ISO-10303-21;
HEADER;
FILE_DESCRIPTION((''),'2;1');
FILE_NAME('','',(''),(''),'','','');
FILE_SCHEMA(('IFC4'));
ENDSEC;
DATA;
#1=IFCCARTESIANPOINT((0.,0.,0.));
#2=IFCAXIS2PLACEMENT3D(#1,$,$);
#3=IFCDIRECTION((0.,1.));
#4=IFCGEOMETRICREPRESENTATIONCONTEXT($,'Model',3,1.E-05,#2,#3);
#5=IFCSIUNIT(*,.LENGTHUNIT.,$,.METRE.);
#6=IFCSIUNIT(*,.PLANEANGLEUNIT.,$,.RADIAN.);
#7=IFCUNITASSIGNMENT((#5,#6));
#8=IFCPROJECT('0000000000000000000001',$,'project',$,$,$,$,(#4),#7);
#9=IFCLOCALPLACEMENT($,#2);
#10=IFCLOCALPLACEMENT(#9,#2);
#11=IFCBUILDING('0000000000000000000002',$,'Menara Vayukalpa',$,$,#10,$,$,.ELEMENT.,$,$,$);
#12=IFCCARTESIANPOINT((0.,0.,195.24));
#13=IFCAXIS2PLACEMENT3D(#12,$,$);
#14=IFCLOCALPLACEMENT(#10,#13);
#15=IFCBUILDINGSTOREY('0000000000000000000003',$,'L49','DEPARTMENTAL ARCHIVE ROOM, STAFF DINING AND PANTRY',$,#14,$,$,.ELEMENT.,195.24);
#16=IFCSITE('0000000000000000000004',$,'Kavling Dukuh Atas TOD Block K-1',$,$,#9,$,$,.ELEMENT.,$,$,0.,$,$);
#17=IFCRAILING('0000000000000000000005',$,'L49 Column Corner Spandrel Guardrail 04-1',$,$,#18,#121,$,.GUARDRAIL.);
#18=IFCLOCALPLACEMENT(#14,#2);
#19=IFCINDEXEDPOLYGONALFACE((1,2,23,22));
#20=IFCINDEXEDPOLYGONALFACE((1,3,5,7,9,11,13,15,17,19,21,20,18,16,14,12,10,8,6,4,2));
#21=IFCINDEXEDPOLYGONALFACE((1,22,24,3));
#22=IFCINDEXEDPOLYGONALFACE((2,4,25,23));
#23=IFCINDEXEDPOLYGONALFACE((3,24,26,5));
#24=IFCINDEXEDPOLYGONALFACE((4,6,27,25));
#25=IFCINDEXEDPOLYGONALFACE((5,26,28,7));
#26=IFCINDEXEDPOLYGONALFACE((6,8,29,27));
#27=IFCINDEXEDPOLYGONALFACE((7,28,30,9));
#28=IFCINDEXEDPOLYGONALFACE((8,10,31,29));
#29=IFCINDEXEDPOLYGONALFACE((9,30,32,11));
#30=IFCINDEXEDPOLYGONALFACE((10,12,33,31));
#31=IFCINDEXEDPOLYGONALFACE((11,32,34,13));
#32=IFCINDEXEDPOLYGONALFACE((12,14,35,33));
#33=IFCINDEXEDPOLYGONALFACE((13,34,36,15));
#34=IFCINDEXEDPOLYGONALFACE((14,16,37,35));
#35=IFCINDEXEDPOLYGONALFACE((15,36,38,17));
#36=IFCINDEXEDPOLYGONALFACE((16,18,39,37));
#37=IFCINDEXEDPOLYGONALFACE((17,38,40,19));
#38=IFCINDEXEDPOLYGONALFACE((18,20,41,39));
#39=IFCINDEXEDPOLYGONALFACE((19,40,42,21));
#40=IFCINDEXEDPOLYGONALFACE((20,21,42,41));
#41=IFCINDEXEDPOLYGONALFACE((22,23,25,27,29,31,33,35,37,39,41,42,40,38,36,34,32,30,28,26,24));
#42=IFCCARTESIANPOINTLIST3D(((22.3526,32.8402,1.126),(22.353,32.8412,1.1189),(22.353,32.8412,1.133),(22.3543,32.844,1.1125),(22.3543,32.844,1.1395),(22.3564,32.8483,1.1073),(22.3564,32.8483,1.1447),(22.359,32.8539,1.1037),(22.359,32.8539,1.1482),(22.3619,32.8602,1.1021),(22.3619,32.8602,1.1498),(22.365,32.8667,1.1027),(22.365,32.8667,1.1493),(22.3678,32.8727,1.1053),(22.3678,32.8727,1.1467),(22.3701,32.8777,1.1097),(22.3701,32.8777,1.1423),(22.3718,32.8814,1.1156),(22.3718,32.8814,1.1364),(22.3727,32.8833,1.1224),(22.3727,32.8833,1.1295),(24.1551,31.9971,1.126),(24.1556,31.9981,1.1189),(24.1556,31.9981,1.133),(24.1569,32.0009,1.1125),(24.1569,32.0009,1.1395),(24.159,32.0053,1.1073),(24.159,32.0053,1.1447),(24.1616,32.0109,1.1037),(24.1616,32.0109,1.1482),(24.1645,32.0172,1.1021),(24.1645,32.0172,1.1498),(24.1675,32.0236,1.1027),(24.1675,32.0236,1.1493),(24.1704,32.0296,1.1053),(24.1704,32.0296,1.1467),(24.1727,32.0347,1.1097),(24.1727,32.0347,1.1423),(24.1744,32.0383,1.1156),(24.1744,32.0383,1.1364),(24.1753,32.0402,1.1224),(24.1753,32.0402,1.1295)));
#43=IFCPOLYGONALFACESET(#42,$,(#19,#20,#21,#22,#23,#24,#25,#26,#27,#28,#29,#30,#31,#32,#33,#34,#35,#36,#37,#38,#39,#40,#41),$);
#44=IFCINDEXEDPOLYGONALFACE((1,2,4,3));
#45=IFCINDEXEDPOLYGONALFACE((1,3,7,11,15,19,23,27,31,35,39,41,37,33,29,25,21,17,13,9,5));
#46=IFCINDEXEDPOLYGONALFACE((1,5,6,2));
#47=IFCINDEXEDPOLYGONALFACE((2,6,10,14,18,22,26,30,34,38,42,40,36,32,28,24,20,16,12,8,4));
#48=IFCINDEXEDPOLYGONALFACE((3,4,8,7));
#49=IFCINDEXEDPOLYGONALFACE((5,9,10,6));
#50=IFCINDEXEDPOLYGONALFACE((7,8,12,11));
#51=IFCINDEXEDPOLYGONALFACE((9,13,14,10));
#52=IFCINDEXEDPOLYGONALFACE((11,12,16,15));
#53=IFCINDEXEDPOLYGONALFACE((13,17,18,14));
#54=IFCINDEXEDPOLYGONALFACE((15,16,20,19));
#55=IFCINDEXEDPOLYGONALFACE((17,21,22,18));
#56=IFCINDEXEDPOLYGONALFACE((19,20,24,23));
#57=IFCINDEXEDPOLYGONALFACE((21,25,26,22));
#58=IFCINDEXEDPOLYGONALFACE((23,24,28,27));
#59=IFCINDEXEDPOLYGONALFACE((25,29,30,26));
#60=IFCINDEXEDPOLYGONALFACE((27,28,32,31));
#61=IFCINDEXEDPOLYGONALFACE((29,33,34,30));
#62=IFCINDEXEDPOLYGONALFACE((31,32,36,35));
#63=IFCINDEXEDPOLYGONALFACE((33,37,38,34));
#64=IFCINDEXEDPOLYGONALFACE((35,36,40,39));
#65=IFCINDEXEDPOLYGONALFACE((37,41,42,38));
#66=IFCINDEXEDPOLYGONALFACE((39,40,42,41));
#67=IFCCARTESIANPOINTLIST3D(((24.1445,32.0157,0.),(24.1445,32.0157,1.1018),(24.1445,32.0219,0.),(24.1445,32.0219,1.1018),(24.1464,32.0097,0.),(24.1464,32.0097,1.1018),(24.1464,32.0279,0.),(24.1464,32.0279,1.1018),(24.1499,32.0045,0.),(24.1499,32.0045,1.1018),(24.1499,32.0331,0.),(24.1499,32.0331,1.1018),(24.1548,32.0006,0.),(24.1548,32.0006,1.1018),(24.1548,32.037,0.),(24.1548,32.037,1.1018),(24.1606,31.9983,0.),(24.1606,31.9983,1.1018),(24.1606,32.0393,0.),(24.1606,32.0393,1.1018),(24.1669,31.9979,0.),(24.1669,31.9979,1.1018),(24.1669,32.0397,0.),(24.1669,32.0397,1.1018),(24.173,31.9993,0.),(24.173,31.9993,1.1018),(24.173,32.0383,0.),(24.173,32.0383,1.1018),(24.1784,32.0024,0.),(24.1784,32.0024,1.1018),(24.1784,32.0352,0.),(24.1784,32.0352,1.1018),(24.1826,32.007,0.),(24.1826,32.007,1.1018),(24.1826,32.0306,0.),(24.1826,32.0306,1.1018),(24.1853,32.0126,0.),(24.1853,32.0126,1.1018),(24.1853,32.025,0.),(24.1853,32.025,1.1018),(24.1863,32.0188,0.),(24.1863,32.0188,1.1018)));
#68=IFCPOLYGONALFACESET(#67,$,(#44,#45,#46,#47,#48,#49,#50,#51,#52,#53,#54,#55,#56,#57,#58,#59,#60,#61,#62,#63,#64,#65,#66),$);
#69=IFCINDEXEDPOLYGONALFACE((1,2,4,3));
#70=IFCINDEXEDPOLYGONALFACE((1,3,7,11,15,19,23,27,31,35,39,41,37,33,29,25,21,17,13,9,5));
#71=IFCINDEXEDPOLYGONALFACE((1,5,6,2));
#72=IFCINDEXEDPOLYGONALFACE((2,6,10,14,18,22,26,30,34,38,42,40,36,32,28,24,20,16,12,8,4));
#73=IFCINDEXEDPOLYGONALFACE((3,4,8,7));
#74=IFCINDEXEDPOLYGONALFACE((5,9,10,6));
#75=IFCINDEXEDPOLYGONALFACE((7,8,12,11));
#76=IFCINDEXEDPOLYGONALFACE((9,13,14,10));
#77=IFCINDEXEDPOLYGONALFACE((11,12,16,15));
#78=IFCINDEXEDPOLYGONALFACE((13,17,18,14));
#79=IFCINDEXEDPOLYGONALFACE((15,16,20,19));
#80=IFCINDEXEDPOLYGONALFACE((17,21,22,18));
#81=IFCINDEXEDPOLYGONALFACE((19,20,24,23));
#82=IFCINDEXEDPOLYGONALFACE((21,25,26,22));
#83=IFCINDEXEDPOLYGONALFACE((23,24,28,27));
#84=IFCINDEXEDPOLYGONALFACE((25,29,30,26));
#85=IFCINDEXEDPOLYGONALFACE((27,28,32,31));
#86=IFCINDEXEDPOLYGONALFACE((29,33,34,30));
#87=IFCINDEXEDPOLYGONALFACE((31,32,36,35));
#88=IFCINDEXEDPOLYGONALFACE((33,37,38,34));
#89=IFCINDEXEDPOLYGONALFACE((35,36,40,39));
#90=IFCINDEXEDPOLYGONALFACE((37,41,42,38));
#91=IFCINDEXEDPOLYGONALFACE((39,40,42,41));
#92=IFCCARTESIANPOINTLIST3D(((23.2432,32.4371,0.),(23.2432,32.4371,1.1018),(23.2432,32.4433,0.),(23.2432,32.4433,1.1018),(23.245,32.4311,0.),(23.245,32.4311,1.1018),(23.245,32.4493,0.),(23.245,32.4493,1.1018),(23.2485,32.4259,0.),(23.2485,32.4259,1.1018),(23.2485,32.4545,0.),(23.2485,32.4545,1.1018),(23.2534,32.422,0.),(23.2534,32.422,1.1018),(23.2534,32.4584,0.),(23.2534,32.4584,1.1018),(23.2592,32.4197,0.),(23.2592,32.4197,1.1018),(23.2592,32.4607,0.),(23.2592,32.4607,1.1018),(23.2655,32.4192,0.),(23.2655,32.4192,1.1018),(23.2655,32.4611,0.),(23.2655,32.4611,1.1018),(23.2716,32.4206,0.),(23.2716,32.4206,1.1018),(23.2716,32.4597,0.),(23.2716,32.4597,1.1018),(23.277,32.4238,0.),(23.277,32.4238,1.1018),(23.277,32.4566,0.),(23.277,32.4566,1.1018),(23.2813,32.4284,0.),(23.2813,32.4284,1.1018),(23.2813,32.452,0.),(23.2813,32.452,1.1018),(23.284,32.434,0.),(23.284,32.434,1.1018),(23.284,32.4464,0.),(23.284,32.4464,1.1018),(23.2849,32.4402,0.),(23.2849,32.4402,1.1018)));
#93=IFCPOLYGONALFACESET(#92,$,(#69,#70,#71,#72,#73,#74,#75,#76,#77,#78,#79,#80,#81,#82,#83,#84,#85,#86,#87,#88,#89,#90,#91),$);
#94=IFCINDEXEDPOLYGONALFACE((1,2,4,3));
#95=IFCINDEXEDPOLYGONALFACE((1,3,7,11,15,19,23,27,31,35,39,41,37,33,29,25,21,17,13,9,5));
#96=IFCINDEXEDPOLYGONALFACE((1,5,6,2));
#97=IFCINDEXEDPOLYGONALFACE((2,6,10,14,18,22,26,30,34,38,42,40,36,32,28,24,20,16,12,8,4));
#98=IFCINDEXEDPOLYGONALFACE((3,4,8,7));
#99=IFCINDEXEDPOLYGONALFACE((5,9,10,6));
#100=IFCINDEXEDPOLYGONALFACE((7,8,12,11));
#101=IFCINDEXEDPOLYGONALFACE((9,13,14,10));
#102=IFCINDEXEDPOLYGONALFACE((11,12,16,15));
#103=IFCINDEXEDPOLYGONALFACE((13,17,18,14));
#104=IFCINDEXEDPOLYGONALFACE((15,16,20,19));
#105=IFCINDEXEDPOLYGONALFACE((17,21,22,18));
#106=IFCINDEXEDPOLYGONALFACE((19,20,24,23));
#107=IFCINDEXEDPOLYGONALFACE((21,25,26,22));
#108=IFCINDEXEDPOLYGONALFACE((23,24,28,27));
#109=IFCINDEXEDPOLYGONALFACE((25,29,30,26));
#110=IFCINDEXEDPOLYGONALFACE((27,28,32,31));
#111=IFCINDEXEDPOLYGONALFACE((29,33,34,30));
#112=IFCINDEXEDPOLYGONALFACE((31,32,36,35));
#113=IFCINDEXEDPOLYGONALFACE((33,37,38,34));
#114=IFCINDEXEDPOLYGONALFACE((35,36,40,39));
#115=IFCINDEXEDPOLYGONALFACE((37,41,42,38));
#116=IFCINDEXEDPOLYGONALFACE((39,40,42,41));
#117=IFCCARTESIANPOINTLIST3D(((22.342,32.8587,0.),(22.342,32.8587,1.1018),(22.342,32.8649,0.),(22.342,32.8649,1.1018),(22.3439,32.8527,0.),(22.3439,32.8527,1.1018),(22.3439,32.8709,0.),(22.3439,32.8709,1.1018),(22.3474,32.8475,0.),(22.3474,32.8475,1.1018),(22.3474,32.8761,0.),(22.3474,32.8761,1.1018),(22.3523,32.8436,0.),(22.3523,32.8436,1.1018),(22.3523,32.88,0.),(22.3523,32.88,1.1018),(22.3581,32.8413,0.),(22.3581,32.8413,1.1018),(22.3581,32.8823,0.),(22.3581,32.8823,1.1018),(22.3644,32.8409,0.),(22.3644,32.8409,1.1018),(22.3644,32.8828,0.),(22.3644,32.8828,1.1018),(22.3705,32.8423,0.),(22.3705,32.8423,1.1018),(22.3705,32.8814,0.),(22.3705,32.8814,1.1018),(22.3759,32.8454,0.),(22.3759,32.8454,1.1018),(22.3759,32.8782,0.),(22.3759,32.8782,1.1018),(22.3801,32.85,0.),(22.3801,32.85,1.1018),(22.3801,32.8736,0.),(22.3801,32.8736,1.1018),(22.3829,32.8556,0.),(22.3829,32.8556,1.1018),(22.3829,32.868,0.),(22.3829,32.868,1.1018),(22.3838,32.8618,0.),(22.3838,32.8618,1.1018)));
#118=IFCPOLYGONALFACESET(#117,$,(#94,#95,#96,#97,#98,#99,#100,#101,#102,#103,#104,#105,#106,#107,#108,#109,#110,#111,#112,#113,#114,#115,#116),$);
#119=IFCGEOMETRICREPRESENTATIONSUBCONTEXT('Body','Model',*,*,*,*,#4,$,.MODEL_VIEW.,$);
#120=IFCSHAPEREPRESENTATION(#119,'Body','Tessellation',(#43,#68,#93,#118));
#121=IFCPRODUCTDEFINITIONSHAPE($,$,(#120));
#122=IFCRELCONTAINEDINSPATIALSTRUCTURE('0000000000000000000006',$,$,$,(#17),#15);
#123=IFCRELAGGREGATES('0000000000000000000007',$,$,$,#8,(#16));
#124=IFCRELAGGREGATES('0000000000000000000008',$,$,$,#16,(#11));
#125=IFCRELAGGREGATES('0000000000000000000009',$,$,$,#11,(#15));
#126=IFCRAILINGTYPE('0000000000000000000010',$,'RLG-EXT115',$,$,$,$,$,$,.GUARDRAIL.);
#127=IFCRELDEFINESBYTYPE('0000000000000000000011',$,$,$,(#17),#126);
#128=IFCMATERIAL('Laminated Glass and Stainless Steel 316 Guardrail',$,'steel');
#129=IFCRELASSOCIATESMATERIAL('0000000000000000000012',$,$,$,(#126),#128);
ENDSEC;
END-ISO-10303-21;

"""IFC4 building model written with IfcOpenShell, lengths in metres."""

from ifc_helpers import new_model, si_unit, direction, frame, origin, origin_2d, place, context, subcontext, project, spatial, circle, extrude, material, type_object, element, save


model = new_model("IFC4")

# Units and contexts
model_context = context("Model", 3, precision=1e-05, world=origin(), true_north=direction((0.0, 1.0)))
body_context = subcontext(model_context, "Body", "Model", "MODEL_VIEW")
ifc_project = project(units=[si_unit("LENGTHUNIT", "METRE"), si_unit("PLANEANGLEUNIT", "RADIAN")], contexts=[model_context])

# Site, building, storey
site_placement = place(None, origin())
site = spatial("IfcSite", under=ifc_project, at=site_placement, Name="Kavling Dukuh Atas TOD Block K-1", CompositionType="ELEMENT", RefElevation=0.0)
building_placement = place(site_placement, origin())
building = spatial("IfcBuilding", under=site, at=building_placement, Name="Menara Vayukalpa", CompositionType="ELEMENT")
storey_placement = place(building_placement, frame((0.0, 0.0, 195.24)))
storey = spatial("IfcBuildingStorey", under=building, at=storey_placement, Name="L49", Description="DEPARTMENTAL ARCHIVE ROOM, STAFF DINING AND PANTRY", CompositionType="ELEMENT", Elevation=195.24)

# Railing
ifc_material_1 = material(Name="Laminated Glass and Stainless Steel 316 Guardrail", Category="steel")
railing_type = type_object("IfcRailingType", Name="RLG-EXT115", PredefinedType="GUARDRAIL", material=ifc_material_1)
railing_placement = place(storey_placement, frame((24.1653, 32.0188, 0.0)))
element("IfcRailing", 1, at=railing_placement, inside=storey, type_object=railing_type, Name="L49 Column Corner Spandrel Guardrail 04-1", PredefinedType="GUARDRAIL", context=body_context, shape_type="SweptSolid", body=[
    extrude(circle(Radius=0.0239, at=origin_2d()), frame((0.0, 0.0, 1.126), z_axis=(-0.905825, 0.423651, 0.0), x_axis=(-0.423651, -0.905825, 0.0)), (0.0, 0.0, 1.0), 1.99),
    extrude(circle(Radius=0.021, at=origin_2d()), origin(), (0.0, 0.0, 1.0), 1.1018),
    extrude(circle(Radius=0.021, at=origin_2d()), frame((-0.9014, 0.4214, 0.0)), (0.0, 0.0, 1.0), 1.1018),
    extrude(circle(Radius=0.021, at=origin_2d()), frame((-1.8025, 0.843, 0.0)), (0.0, 0.0, 1.0), 1.1018),
])

save(model, "model.ifc")
